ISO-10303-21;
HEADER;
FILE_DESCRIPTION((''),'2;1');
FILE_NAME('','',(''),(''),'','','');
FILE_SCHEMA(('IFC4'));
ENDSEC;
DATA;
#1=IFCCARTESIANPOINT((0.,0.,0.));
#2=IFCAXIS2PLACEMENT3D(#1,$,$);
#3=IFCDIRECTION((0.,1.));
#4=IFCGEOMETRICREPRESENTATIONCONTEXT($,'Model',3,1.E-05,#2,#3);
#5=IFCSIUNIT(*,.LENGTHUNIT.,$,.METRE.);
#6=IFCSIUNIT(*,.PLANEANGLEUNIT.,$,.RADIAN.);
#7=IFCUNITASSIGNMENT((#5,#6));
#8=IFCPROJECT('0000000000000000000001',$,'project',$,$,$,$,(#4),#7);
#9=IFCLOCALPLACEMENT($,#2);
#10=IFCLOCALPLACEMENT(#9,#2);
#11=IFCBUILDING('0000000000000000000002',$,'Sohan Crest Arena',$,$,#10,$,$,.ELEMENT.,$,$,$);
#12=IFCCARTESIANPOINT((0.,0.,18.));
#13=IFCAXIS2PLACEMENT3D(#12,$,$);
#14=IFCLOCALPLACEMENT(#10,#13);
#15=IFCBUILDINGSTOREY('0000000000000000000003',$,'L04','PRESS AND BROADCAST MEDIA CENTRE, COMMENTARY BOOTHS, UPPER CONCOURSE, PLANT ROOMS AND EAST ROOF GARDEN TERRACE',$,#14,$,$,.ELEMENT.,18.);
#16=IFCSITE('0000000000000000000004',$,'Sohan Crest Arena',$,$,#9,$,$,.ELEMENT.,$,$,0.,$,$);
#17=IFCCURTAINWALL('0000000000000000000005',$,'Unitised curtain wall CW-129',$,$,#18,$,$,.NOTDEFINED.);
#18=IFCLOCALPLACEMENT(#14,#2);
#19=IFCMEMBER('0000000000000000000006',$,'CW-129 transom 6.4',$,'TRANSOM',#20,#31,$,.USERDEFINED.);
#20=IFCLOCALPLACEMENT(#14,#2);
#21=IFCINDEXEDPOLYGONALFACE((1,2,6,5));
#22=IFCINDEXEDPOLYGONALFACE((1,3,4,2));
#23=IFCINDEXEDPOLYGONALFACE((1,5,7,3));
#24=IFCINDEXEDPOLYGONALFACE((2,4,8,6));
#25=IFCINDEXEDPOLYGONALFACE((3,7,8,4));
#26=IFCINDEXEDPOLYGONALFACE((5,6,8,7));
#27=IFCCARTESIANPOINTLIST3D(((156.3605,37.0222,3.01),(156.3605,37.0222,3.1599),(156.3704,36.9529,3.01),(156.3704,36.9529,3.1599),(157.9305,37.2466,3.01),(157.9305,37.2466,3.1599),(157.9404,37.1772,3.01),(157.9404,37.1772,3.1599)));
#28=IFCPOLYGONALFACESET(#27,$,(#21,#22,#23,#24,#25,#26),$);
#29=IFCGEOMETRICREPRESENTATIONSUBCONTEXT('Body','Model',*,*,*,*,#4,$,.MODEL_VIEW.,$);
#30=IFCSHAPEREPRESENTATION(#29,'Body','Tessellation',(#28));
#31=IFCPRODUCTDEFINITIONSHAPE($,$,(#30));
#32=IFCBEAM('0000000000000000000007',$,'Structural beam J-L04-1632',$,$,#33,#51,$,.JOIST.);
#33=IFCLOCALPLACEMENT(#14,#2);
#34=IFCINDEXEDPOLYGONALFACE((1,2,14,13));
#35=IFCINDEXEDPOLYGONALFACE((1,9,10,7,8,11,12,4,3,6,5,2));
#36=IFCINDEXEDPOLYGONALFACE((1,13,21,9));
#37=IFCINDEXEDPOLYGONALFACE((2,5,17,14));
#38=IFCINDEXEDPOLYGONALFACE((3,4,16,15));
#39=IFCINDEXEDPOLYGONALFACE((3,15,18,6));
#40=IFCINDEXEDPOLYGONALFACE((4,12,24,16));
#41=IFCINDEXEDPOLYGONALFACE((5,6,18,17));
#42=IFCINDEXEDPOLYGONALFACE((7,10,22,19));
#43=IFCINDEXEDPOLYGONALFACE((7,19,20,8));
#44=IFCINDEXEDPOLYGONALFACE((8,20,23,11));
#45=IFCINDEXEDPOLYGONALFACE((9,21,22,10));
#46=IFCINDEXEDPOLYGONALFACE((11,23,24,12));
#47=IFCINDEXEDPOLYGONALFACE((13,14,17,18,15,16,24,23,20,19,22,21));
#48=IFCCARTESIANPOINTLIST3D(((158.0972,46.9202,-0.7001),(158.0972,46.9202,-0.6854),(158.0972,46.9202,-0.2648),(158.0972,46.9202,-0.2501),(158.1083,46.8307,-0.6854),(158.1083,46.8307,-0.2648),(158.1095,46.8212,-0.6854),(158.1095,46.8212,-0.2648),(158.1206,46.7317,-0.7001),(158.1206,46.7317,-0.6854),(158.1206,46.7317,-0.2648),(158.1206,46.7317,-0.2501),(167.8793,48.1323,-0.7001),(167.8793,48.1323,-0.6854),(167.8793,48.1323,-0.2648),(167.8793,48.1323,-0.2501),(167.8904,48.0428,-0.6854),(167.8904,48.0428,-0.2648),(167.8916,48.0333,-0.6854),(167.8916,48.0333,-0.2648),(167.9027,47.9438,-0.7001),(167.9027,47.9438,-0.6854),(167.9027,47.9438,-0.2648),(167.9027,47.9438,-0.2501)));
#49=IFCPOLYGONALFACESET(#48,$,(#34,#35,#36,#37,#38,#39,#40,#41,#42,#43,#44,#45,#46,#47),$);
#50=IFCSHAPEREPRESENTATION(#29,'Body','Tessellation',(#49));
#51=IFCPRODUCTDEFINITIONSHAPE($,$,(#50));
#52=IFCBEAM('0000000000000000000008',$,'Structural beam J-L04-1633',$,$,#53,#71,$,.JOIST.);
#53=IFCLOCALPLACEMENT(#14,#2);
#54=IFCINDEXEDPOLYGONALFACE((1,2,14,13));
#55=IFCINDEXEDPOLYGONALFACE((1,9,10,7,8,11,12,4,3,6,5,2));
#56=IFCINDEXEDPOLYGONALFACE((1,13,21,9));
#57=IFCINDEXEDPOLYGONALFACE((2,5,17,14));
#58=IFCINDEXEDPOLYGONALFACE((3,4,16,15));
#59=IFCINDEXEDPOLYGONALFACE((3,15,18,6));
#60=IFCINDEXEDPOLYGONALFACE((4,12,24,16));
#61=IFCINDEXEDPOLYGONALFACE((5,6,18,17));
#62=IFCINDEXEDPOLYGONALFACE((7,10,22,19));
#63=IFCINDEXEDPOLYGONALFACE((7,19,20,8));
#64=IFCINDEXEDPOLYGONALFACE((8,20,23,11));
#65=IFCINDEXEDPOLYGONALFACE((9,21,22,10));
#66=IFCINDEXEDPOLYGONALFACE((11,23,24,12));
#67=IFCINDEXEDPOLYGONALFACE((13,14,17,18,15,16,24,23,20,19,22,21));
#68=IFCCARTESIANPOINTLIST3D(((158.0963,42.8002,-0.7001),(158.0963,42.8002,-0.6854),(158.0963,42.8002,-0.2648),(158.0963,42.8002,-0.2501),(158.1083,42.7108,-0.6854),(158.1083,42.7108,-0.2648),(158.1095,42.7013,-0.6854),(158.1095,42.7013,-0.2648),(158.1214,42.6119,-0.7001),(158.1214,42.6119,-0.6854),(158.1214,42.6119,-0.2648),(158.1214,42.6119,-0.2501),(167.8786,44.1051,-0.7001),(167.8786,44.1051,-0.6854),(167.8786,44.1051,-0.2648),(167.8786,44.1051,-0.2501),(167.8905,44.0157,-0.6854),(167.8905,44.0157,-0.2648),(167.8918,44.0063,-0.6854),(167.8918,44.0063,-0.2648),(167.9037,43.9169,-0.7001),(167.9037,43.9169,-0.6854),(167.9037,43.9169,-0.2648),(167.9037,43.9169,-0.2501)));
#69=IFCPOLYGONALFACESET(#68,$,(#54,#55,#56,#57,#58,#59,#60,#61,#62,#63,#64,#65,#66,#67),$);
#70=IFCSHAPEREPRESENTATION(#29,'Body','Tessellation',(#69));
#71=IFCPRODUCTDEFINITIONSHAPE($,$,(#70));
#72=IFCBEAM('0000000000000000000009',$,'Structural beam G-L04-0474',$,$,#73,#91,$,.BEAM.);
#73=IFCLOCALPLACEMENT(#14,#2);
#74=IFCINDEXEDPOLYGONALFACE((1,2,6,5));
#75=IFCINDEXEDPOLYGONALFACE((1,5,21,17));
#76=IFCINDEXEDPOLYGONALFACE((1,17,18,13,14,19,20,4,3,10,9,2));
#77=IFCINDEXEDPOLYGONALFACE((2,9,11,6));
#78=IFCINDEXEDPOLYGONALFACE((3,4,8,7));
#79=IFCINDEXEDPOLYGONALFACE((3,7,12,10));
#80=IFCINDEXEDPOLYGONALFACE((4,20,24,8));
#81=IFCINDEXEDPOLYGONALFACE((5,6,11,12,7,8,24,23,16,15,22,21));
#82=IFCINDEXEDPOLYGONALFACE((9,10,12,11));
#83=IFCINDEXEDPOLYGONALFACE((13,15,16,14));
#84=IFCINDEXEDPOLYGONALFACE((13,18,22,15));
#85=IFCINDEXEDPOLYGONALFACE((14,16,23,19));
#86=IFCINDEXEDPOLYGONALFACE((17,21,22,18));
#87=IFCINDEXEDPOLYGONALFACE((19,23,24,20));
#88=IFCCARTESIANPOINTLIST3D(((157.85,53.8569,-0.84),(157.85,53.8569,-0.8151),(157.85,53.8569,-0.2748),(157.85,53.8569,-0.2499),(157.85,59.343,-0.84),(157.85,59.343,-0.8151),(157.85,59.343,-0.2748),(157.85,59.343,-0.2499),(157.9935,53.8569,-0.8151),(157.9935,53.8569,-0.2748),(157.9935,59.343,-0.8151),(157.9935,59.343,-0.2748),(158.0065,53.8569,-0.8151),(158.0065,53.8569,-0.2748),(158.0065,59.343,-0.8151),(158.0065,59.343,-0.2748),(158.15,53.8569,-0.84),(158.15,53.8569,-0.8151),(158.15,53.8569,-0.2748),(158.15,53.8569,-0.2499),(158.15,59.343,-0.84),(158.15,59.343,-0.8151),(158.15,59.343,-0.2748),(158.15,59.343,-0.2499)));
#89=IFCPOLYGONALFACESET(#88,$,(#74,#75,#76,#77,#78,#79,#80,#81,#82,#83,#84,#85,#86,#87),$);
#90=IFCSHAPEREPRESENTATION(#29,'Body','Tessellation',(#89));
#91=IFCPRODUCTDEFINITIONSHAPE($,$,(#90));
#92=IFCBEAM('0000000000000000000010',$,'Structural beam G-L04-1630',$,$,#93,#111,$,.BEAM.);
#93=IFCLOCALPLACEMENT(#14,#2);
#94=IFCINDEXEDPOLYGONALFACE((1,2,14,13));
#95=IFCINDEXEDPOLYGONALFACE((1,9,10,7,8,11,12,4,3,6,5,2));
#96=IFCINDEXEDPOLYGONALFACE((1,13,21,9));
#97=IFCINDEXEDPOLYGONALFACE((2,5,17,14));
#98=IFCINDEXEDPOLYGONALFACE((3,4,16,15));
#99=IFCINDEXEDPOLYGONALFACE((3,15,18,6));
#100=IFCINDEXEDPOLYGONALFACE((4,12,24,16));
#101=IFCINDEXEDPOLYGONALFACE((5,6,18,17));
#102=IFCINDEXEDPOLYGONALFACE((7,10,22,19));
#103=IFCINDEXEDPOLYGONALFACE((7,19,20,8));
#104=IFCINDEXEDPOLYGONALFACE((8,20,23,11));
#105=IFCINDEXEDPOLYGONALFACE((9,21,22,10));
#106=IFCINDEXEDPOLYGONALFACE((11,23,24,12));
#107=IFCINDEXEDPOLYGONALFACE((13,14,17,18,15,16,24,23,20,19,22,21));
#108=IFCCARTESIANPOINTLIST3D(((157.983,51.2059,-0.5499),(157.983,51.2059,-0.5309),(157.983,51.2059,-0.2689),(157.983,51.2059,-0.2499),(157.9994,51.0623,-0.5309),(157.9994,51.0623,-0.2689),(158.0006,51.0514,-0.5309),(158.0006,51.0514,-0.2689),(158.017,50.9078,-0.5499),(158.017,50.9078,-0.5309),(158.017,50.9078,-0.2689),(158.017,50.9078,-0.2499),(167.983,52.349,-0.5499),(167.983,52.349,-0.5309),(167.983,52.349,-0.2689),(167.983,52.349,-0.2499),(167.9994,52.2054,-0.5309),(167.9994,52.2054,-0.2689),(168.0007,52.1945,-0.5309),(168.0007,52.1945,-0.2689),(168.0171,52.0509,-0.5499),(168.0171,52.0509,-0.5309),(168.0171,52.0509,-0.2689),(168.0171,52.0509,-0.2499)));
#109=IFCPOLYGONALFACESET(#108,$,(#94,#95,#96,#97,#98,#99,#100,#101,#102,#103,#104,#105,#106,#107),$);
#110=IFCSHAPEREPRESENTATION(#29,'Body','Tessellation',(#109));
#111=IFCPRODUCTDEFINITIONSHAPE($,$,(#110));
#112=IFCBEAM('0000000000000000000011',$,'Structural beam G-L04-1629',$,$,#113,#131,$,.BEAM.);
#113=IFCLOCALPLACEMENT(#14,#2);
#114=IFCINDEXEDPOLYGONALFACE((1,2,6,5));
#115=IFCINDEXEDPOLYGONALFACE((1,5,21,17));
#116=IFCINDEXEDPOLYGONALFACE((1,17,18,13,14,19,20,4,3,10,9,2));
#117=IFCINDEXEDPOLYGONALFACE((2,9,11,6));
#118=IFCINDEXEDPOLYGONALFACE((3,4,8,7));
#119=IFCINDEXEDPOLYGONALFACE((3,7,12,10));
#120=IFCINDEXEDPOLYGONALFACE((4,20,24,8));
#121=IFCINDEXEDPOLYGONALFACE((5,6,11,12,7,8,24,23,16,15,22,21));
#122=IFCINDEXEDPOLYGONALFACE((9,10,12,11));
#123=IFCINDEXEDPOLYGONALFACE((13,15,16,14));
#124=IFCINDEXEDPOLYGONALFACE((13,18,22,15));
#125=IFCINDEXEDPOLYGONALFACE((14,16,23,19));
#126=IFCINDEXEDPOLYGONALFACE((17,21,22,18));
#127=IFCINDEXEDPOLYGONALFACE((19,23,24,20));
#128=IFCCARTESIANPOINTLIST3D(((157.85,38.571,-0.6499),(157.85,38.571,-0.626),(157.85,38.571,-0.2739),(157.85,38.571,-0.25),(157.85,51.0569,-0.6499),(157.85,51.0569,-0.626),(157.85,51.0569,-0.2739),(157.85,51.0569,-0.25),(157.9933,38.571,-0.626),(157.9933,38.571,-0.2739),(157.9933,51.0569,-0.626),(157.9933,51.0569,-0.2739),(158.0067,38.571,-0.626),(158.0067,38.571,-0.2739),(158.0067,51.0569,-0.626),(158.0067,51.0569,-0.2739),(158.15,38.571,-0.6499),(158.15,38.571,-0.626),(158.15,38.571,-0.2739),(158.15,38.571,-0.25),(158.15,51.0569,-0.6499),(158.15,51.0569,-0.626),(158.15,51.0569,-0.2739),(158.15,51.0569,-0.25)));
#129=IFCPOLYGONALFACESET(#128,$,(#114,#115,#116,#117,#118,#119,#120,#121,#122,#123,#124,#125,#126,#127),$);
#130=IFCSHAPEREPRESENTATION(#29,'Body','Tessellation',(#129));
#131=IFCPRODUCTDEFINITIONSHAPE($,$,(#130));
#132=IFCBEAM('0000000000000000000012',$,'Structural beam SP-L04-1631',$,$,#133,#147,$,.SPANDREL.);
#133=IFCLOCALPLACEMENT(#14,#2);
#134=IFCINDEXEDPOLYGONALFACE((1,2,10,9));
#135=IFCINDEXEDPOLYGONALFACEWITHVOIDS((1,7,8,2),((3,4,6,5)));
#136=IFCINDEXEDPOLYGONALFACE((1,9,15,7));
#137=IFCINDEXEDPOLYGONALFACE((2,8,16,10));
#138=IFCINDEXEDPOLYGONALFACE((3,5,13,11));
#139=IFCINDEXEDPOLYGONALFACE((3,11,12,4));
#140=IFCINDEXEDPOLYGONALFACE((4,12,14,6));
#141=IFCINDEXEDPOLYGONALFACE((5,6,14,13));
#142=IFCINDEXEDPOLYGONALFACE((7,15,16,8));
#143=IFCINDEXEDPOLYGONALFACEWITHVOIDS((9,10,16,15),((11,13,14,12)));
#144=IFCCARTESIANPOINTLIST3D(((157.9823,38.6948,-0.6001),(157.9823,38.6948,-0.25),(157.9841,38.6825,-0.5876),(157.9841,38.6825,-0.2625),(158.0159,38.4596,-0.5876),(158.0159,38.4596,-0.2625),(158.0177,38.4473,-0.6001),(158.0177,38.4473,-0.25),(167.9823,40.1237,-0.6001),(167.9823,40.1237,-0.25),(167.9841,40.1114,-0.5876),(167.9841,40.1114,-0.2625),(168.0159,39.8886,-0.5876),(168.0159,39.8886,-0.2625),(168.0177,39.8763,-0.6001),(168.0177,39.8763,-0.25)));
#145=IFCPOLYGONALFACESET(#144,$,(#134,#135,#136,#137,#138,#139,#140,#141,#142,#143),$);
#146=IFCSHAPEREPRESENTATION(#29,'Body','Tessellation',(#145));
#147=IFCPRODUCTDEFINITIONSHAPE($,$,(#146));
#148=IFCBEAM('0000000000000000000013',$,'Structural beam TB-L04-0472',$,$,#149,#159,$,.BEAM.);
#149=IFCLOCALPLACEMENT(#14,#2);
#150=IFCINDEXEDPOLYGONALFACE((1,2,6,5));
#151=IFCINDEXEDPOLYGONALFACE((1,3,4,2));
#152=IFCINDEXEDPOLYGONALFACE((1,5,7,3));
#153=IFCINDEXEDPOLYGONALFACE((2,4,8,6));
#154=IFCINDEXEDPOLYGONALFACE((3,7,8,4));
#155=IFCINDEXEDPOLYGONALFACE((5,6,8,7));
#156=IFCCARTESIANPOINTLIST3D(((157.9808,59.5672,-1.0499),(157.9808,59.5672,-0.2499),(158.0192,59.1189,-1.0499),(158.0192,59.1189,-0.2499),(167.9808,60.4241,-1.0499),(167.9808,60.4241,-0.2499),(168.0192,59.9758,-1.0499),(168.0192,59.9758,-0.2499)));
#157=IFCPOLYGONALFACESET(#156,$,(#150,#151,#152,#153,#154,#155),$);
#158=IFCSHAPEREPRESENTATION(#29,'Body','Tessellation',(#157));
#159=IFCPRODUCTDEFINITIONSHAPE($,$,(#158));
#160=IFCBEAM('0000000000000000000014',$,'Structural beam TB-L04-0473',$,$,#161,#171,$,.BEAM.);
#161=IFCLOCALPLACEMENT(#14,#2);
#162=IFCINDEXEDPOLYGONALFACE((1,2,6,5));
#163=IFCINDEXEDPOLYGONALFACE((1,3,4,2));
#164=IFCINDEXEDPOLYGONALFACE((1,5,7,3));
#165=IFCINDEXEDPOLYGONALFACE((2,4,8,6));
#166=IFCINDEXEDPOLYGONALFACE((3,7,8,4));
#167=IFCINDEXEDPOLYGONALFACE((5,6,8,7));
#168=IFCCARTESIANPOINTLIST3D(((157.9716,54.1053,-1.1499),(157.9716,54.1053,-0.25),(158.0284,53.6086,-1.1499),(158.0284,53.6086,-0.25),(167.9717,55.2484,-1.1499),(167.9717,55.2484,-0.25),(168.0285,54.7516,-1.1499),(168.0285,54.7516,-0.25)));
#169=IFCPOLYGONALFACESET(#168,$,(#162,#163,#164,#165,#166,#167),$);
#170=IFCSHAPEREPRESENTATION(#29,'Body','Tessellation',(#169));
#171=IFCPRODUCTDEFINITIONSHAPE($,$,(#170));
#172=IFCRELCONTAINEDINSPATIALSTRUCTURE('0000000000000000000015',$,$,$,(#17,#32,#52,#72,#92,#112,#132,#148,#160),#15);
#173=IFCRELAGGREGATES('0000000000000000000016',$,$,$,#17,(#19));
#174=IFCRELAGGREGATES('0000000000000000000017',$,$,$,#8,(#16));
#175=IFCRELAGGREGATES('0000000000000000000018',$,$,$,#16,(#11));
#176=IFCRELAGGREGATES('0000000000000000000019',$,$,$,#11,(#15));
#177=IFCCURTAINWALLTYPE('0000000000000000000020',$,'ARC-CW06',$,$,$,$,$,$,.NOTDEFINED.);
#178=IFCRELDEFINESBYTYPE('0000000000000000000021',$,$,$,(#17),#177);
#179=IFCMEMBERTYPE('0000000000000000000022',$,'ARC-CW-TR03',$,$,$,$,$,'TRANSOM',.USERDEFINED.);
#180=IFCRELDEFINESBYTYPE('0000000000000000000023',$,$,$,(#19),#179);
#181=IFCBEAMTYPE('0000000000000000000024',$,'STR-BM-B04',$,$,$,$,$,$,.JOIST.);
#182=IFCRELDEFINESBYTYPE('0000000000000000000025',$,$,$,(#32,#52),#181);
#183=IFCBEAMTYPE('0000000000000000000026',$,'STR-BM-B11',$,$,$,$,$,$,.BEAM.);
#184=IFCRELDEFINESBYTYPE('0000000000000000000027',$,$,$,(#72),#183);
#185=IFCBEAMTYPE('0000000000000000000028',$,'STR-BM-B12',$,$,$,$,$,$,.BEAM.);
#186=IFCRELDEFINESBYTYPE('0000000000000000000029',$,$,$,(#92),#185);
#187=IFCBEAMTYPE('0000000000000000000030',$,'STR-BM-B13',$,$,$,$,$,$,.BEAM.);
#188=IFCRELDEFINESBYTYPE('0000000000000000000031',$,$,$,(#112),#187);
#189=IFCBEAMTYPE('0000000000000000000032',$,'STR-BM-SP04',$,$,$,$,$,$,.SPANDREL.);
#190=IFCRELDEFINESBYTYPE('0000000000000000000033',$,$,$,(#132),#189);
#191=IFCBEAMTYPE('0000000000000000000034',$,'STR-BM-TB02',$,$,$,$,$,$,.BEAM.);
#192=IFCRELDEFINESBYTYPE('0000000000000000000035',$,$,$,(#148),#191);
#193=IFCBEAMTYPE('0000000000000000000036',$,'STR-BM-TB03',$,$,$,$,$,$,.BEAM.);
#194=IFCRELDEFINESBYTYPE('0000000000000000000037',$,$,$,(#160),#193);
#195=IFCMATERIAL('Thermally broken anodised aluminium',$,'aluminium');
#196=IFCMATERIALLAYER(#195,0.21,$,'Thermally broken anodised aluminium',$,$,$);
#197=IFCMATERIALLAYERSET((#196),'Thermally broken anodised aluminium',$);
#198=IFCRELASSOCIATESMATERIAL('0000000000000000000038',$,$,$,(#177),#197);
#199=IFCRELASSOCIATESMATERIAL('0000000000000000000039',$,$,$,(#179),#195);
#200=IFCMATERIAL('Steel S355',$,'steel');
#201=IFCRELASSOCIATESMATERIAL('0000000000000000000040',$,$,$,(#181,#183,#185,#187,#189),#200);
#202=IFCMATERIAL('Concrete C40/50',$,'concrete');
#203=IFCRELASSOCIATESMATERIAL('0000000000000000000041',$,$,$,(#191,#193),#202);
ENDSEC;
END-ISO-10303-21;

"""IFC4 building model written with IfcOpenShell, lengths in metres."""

from ifc_helpers import new_model, si_unit, direction, frame, origin, origin_2d, place, context, subcontext, project, spatial, rectangle, hollow_rectangle, i_section, extrude, material, layer, layer_set, material_profile, profile_set, type_object, element, aggregate, save


model = new_model("IFC4")

# Units and contexts
model_context = context("Model", 3, precision=1e-05, world=origin(), true_north=direction((0.0, 1.0)))
body_context = subcontext(model_context, "Body", "Model", "MODEL_VIEW")
ifc_project = project(units=[si_unit("LENGTHUNIT", "METRE"), si_unit("PLANEANGLEUNIT", "RADIAN")], contexts=[model_context])

# Site, building, storey
site_placement = place(None, origin())
site = spatial("IfcSite", under=ifc_project, at=site_placement, Name="Sohan Crest Arena", CompositionType="ELEMENT", RefElevation=0.0)
building_placement = place(site_placement, origin())
building = spatial("IfcBuilding", under=site, at=building_placement, Name="Sohan Crest Arena", CompositionType="ELEMENT")
storey_placement = place(building_placement, frame((0.0, 0.0, 18.0)))
storey = spatial("IfcBuildingStorey", under=building, at=storey_placement, Name="L04", Description="PRESS AND BROADCAST MEDIA CENTRE, COMMENTARY BOOTHS, UPPER CONCOURSE, PLANT ROOMS AND EAST ROOF GARDEN TERRACE", CompositionType="ELEMENT", Elevation=18.0)

# Shared definitions
ifc_material_1 = material(Name="Concrete C40/50", Category="concrete")
ifc_material_2 = material(Name="Steel S355", Category="steel")

# Curtain wall
ifc_material_3 = material(Name="Thermally broken anodised aluminium", Category="aluminium")
ifc_layer_1 = layer(ifc_material_3, 0.21, Name="Thermally broken anodised aluminium")
ifc_layer_set_1 = layer_set([ifc_layer_1], Name="Thermally broken anodised aluminium")
curtain_wall_type_1 = type_object("IfcCurtainWallType", Name="ARC-CW06", PredefinedType="NOTDEFINED", material=ifc_layer_set_1)
curtain_wall_1_placement = place(storey_placement, origin())
curtain_wall_1 = element("IfcCurtainWall", 1, at=curtain_wall_1_placement, inside=storey, type_object=curtain_wall_type_1, Name="Unitised curtain wall CW-129", PredefinedType="NOTDEFINED")

# Member
ifc_material_profile_1 = material_profile(ifc_material_3, rectangle(XDim=0.0701, YDim=0.1499, at=origin_2d()), Name="ALU-TRAN 70x150")
ifc_profile_set_1 = profile_set([ifc_material_profile_1], Name="Thermally broken anodised aluminium")
member_type_1 = type_object("IfcMemberType", Name="ARC-CW-TR03", ElementType="TRANSOM", PredefinedType="USERDEFINED", material=ifc_profile_set_1)
member_1_placement = place(storey_placement, frame((156.3655, 36.9875, 3.085), z_axis=(0.989943, 0.141464, 0.0), x_axis=(-0.141464, 0.989943, 0.0)))
member_1 = element("IfcMember", 2, at=member_1_placement, type_object=member_type_1, Name="CW-129 transom 6.4", ObjectType="TRANSOM", PredefinedType="USERDEFINED", context=body_context, shape_type="SweptSolid", body=[
    extrude(rectangle(XDim=0.0701, YDim=0.1499, at=origin_2d()), origin(), (0.0, 0.0, 1.0), 1.5859),
])

# Beams
ifc_material_profile_2 = material_profile(ifc_material_2, i_section(OverallWidth=0.1899, OverallDepth=0.45, WebThickness=0.0095, FlangeThickness=0.0146, at=origin_2d()), Name="IPE 450")
ifc_profile_set_2 = profile_set([ifc_material_profile_2], Name="Steel S355")
beam_type_1 = type_object("IfcBeamType", Name="STR-BM-B04", PredefinedType="JOIST", material=ifc_profile_set_2)
beam_1_placement = place(storey_placement, frame((158.1089, 46.8259, -0.4751), z_axis=(0.99241, 0.122974, 0.0), x_axis=(-0.122974, 0.99241, 0.0)))
element("IfcBeam", 3, at=beam_1_placement, inside=storey, type_object=beam_type_1, Name="Structural beam J-L04-1632", PredefinedType="JOIST", context=body_context, shape_type="SweptSolid", body=[
    extrude(i_section(OverallWidth=0.1899, OverallDepth=0.45, WebThickness=0.0095, FlangeThickness=0.0146, at=origin_2d()), origin(), (0.0, 0.0, 1.0), 9.8569),
])
beam_2_placement = place(storey_placement, frame((158.1089, 42.7061, -0.4751), z_axis=(0.991219, 0.132227, 0.0), x_axis=(-0.132227, 0.991219, 0.0)))
element("IfcBeam", 4, at=beam_2_placement, inside=storey, type_object=beam_type_1, Name="Structural beam J-L04-1633", PredefinedType="JOIST", context=body_context, shape_type="SweptSolid", body=[
    extrude(i_section(OverallWidth=0.1899, OverallDepth=0.45, WebThickness=0.0095, FlangeThickness=0.0146, at=origin_2d()), origin(), (0.0, 0.0, 1.0), 9.8689),
])
ifc_material_profile_3 = material_profile(ifc_material_2, i_section(OverallWidth=0.3, OverallDepth=0.5901, WebThickness=0.0129, FlangeThickness=0.0249, at=origin_2d()), Name="HEA 600")
ifc_profile_set_3 = profile_set([ifc_material_profile_3], Name="Steel S355")
beam_type_2 = type_object("IfcBeamType", Name="STR-BM-B11", PredefinedType="BEAM", material=ifc_profile_set_3)
beam_3_placement = place(storey_placement, frame((158.0, 59.343, -0.5449), z_axis=(0.0, -1.0, 0.0), x_axis=(1.0, 0.0, 0.0)))
element("IfcBeam", 5, at=beam_3_placement, inside=storey, type_object=beam_type_2, Name="Structural beam G-L04-0474", PredefinedType="BEAM", context=body_context, shape_type="SweptSolid", body=[
    extrude(i_section(OverallWidth=0.3, OverallDepth=0.5901, WebThickness=0.0129, FlangeThickness=0.0249, at=origin_2d()), origin(), (0.0, 0.0, 1.0), 5.4861),
])
ifc_material_profile_4 = material_profile(ifc_material_2, i_section(OverallWidth=0.3, OverallDepth=0.3, WebThickness=0.011, FlangeThickness=0.019, at=origin_2d()), Name="HEB 300")
ifc_profile_set_4 = profile_set([ifc_material_profile_4], Name="Steel S355")
beam_type_3 = type_object("IfcBeamType", Name="STR-BM-B12", PredefinedType="BEAM", material=ifc_profile_set_4)
beam_4_placement = place(storey_placement, frame((158.0, 51.0569, -0.3999), z_axis=(0.99353, 0.113567, 0.0), x_axis=(-0.113567, 0.99353, 0.0)))
element("IfcBeam", 6, at=beam_4_placement, inside=storey, type_object=beam_type_3, Name="Structural beam G-L04-1630", PredefinedType="BEAM", context=body_context, shape_type="SweptSolid", body=[
    extrude(i_section(OverallWidth=0.3, OverallDepth=0.3, WebThickness=0.011, FlangeThickness=0.019, at=origin_2d()), origin(), (0.0, 0.0, 1.0), 10.0652),
])
ifc_material_profile_5 = material_profile(ifc_material_2, i_section(OverallWidth=0.3, OverallDepth=0.3999, WebThickness=0.0134, FlangeThickness=0.0239, at=origin_2d()), Name="HEB 400")
ifc_profile_set_5 = profile_set([ifc_material_profile_5], Name="Steel S355")
beam_type_4 = type_object("IfcBeamType", Name="STR-BM-B13", PredefinedType="BEAM", material=ifc_profile_set_5)
beam_5_placement = place(storey_placement, frame((158.0, 51.0569, -0.45), z_axis=(0.0, -1.0, 0.0), x_axis=(1.0, 0.0, 0.0)))
element("IfcBeam", 7, at=beam_5_placement, inside=storey, type_object=beam_type_4, Name="Structural beam G-L04-1629", PredefinedType="BEAM", context=body_context, shape_type="SweptSolid", body=[
    extrude(i_section(OverallWidth=0.3, OverallDepth=0.3999, WebThickness=0.0134, FlangeThickness=0.0239, at=origin_2d()), origin(), (0.0, 0.0, 1.0), 12.4858),
])
ifc_material_profile_6 = material_profile(ifc_material_2, hollow_rectangle(XDim=0.25, YDim=0.3501, WallThickness=0.0125, at=origin_2d()), Name="RHS 350x250x12.5")
ifc_profile_set_6 = profile_set([ifc_material_profile_6], Name="Steel S355")
beam_type_5 = type_object("IfcBeamType", Name="STR-BM-SP04", PredefinedType="SPANDREL", material=ifc_profile_set_6)
beam_6_placement = place(storey_placement, frame((158.0, 38.571, -0.425), z_axis=(0.989944, 0.141459, 0.0), x_axis=(-0.141459, 0.989944, 0.0)))
element("IfcBeam", 8, at=beam_6_placement, inside=storey, type_object=beam_type_5, Name="Structural beam SP-L04-1631", PredefinedType="SPANDREL", context=body_context, shape_type="SweptSolid", body=[
    extrude(hollow_rectangle(XDim=0.25, YDim=0.3501, WallThickness=0.0125, at=origin_2d()), origin(), (0.0, 0.0, 1.0), 10.1016),
])
ifc_material_profile_7 = material_profile(ifc_material_1, rectangle(XDim=0.45, YDim=0.8, at=origin_2d()), Name="RC-BM 450x800")
ifc_profile_set_7 = profile_set([ifc_material_profile_7], Name="Concrete C40/50")
beam_type_6 = type_object("IfcBeamType", Name="STR-BM-TB02", PredefinedType="BEAM", material=ifc_profile_set_7)
beam_7_placement = place(storey_placement, frame((158.0, 59.343, -0.6499), z_axis=(0.996348, 0.08538, 0.0), x_axis=(-0.08538, 0.996348, 0.0)))
element("IfcBeam", 9, at=beam_7_placement, inside=storey, type_object=beam_type_6, Name="Structural beam TB-L04-0472", PredefinedType="BEAM", context=body_context, shape_type="SweptSolid", body=[
    extrude(rectangle(XDim=0.45, YDim=0.8, at=origin_2d()), origin(), (0.0, 0.0, 1.0), 10.0366),
])
ifc_material_profile_8 = material_profile(ifc_material_1, rectangle(XDim=0.5, YDim=0.8999, at=origin_2d()), Name="RC-BM 500x900")
ifc_profile_set_8 = profile_set([ifc_material_profile_8], Name="Concrete C40/50")
beam_type_7 = type_object("IfcBeamType", Name="STR-BM-TB03", PredefinedType="BEAM", material=ifc_profile_set_8)
beam_8_placement = place(storey_placement, frame((158.0, 53.8569, -0.7), z_axis=(0.99353, 0.113567, 0.0), x_axis=(-0.113567, 0.99353, 0.0)))
element("IfcBeam", 10, at=beam_8_placement, inside=storey, type_object=beam_type_7, Name="Structural beam TB-L04-0473", PredefinedType="BEAM", context=body_context, shape_type="SweptSolid", body=[
    extrude(rectangle(XDim=0.5, YDim=0.8999, at=origin_2d()), origin(), (0.0, 0.0, 1.0), 10.0652),
])

aggregate(curtain_wall_1, [member_1])

save(model, "model.ifc")
